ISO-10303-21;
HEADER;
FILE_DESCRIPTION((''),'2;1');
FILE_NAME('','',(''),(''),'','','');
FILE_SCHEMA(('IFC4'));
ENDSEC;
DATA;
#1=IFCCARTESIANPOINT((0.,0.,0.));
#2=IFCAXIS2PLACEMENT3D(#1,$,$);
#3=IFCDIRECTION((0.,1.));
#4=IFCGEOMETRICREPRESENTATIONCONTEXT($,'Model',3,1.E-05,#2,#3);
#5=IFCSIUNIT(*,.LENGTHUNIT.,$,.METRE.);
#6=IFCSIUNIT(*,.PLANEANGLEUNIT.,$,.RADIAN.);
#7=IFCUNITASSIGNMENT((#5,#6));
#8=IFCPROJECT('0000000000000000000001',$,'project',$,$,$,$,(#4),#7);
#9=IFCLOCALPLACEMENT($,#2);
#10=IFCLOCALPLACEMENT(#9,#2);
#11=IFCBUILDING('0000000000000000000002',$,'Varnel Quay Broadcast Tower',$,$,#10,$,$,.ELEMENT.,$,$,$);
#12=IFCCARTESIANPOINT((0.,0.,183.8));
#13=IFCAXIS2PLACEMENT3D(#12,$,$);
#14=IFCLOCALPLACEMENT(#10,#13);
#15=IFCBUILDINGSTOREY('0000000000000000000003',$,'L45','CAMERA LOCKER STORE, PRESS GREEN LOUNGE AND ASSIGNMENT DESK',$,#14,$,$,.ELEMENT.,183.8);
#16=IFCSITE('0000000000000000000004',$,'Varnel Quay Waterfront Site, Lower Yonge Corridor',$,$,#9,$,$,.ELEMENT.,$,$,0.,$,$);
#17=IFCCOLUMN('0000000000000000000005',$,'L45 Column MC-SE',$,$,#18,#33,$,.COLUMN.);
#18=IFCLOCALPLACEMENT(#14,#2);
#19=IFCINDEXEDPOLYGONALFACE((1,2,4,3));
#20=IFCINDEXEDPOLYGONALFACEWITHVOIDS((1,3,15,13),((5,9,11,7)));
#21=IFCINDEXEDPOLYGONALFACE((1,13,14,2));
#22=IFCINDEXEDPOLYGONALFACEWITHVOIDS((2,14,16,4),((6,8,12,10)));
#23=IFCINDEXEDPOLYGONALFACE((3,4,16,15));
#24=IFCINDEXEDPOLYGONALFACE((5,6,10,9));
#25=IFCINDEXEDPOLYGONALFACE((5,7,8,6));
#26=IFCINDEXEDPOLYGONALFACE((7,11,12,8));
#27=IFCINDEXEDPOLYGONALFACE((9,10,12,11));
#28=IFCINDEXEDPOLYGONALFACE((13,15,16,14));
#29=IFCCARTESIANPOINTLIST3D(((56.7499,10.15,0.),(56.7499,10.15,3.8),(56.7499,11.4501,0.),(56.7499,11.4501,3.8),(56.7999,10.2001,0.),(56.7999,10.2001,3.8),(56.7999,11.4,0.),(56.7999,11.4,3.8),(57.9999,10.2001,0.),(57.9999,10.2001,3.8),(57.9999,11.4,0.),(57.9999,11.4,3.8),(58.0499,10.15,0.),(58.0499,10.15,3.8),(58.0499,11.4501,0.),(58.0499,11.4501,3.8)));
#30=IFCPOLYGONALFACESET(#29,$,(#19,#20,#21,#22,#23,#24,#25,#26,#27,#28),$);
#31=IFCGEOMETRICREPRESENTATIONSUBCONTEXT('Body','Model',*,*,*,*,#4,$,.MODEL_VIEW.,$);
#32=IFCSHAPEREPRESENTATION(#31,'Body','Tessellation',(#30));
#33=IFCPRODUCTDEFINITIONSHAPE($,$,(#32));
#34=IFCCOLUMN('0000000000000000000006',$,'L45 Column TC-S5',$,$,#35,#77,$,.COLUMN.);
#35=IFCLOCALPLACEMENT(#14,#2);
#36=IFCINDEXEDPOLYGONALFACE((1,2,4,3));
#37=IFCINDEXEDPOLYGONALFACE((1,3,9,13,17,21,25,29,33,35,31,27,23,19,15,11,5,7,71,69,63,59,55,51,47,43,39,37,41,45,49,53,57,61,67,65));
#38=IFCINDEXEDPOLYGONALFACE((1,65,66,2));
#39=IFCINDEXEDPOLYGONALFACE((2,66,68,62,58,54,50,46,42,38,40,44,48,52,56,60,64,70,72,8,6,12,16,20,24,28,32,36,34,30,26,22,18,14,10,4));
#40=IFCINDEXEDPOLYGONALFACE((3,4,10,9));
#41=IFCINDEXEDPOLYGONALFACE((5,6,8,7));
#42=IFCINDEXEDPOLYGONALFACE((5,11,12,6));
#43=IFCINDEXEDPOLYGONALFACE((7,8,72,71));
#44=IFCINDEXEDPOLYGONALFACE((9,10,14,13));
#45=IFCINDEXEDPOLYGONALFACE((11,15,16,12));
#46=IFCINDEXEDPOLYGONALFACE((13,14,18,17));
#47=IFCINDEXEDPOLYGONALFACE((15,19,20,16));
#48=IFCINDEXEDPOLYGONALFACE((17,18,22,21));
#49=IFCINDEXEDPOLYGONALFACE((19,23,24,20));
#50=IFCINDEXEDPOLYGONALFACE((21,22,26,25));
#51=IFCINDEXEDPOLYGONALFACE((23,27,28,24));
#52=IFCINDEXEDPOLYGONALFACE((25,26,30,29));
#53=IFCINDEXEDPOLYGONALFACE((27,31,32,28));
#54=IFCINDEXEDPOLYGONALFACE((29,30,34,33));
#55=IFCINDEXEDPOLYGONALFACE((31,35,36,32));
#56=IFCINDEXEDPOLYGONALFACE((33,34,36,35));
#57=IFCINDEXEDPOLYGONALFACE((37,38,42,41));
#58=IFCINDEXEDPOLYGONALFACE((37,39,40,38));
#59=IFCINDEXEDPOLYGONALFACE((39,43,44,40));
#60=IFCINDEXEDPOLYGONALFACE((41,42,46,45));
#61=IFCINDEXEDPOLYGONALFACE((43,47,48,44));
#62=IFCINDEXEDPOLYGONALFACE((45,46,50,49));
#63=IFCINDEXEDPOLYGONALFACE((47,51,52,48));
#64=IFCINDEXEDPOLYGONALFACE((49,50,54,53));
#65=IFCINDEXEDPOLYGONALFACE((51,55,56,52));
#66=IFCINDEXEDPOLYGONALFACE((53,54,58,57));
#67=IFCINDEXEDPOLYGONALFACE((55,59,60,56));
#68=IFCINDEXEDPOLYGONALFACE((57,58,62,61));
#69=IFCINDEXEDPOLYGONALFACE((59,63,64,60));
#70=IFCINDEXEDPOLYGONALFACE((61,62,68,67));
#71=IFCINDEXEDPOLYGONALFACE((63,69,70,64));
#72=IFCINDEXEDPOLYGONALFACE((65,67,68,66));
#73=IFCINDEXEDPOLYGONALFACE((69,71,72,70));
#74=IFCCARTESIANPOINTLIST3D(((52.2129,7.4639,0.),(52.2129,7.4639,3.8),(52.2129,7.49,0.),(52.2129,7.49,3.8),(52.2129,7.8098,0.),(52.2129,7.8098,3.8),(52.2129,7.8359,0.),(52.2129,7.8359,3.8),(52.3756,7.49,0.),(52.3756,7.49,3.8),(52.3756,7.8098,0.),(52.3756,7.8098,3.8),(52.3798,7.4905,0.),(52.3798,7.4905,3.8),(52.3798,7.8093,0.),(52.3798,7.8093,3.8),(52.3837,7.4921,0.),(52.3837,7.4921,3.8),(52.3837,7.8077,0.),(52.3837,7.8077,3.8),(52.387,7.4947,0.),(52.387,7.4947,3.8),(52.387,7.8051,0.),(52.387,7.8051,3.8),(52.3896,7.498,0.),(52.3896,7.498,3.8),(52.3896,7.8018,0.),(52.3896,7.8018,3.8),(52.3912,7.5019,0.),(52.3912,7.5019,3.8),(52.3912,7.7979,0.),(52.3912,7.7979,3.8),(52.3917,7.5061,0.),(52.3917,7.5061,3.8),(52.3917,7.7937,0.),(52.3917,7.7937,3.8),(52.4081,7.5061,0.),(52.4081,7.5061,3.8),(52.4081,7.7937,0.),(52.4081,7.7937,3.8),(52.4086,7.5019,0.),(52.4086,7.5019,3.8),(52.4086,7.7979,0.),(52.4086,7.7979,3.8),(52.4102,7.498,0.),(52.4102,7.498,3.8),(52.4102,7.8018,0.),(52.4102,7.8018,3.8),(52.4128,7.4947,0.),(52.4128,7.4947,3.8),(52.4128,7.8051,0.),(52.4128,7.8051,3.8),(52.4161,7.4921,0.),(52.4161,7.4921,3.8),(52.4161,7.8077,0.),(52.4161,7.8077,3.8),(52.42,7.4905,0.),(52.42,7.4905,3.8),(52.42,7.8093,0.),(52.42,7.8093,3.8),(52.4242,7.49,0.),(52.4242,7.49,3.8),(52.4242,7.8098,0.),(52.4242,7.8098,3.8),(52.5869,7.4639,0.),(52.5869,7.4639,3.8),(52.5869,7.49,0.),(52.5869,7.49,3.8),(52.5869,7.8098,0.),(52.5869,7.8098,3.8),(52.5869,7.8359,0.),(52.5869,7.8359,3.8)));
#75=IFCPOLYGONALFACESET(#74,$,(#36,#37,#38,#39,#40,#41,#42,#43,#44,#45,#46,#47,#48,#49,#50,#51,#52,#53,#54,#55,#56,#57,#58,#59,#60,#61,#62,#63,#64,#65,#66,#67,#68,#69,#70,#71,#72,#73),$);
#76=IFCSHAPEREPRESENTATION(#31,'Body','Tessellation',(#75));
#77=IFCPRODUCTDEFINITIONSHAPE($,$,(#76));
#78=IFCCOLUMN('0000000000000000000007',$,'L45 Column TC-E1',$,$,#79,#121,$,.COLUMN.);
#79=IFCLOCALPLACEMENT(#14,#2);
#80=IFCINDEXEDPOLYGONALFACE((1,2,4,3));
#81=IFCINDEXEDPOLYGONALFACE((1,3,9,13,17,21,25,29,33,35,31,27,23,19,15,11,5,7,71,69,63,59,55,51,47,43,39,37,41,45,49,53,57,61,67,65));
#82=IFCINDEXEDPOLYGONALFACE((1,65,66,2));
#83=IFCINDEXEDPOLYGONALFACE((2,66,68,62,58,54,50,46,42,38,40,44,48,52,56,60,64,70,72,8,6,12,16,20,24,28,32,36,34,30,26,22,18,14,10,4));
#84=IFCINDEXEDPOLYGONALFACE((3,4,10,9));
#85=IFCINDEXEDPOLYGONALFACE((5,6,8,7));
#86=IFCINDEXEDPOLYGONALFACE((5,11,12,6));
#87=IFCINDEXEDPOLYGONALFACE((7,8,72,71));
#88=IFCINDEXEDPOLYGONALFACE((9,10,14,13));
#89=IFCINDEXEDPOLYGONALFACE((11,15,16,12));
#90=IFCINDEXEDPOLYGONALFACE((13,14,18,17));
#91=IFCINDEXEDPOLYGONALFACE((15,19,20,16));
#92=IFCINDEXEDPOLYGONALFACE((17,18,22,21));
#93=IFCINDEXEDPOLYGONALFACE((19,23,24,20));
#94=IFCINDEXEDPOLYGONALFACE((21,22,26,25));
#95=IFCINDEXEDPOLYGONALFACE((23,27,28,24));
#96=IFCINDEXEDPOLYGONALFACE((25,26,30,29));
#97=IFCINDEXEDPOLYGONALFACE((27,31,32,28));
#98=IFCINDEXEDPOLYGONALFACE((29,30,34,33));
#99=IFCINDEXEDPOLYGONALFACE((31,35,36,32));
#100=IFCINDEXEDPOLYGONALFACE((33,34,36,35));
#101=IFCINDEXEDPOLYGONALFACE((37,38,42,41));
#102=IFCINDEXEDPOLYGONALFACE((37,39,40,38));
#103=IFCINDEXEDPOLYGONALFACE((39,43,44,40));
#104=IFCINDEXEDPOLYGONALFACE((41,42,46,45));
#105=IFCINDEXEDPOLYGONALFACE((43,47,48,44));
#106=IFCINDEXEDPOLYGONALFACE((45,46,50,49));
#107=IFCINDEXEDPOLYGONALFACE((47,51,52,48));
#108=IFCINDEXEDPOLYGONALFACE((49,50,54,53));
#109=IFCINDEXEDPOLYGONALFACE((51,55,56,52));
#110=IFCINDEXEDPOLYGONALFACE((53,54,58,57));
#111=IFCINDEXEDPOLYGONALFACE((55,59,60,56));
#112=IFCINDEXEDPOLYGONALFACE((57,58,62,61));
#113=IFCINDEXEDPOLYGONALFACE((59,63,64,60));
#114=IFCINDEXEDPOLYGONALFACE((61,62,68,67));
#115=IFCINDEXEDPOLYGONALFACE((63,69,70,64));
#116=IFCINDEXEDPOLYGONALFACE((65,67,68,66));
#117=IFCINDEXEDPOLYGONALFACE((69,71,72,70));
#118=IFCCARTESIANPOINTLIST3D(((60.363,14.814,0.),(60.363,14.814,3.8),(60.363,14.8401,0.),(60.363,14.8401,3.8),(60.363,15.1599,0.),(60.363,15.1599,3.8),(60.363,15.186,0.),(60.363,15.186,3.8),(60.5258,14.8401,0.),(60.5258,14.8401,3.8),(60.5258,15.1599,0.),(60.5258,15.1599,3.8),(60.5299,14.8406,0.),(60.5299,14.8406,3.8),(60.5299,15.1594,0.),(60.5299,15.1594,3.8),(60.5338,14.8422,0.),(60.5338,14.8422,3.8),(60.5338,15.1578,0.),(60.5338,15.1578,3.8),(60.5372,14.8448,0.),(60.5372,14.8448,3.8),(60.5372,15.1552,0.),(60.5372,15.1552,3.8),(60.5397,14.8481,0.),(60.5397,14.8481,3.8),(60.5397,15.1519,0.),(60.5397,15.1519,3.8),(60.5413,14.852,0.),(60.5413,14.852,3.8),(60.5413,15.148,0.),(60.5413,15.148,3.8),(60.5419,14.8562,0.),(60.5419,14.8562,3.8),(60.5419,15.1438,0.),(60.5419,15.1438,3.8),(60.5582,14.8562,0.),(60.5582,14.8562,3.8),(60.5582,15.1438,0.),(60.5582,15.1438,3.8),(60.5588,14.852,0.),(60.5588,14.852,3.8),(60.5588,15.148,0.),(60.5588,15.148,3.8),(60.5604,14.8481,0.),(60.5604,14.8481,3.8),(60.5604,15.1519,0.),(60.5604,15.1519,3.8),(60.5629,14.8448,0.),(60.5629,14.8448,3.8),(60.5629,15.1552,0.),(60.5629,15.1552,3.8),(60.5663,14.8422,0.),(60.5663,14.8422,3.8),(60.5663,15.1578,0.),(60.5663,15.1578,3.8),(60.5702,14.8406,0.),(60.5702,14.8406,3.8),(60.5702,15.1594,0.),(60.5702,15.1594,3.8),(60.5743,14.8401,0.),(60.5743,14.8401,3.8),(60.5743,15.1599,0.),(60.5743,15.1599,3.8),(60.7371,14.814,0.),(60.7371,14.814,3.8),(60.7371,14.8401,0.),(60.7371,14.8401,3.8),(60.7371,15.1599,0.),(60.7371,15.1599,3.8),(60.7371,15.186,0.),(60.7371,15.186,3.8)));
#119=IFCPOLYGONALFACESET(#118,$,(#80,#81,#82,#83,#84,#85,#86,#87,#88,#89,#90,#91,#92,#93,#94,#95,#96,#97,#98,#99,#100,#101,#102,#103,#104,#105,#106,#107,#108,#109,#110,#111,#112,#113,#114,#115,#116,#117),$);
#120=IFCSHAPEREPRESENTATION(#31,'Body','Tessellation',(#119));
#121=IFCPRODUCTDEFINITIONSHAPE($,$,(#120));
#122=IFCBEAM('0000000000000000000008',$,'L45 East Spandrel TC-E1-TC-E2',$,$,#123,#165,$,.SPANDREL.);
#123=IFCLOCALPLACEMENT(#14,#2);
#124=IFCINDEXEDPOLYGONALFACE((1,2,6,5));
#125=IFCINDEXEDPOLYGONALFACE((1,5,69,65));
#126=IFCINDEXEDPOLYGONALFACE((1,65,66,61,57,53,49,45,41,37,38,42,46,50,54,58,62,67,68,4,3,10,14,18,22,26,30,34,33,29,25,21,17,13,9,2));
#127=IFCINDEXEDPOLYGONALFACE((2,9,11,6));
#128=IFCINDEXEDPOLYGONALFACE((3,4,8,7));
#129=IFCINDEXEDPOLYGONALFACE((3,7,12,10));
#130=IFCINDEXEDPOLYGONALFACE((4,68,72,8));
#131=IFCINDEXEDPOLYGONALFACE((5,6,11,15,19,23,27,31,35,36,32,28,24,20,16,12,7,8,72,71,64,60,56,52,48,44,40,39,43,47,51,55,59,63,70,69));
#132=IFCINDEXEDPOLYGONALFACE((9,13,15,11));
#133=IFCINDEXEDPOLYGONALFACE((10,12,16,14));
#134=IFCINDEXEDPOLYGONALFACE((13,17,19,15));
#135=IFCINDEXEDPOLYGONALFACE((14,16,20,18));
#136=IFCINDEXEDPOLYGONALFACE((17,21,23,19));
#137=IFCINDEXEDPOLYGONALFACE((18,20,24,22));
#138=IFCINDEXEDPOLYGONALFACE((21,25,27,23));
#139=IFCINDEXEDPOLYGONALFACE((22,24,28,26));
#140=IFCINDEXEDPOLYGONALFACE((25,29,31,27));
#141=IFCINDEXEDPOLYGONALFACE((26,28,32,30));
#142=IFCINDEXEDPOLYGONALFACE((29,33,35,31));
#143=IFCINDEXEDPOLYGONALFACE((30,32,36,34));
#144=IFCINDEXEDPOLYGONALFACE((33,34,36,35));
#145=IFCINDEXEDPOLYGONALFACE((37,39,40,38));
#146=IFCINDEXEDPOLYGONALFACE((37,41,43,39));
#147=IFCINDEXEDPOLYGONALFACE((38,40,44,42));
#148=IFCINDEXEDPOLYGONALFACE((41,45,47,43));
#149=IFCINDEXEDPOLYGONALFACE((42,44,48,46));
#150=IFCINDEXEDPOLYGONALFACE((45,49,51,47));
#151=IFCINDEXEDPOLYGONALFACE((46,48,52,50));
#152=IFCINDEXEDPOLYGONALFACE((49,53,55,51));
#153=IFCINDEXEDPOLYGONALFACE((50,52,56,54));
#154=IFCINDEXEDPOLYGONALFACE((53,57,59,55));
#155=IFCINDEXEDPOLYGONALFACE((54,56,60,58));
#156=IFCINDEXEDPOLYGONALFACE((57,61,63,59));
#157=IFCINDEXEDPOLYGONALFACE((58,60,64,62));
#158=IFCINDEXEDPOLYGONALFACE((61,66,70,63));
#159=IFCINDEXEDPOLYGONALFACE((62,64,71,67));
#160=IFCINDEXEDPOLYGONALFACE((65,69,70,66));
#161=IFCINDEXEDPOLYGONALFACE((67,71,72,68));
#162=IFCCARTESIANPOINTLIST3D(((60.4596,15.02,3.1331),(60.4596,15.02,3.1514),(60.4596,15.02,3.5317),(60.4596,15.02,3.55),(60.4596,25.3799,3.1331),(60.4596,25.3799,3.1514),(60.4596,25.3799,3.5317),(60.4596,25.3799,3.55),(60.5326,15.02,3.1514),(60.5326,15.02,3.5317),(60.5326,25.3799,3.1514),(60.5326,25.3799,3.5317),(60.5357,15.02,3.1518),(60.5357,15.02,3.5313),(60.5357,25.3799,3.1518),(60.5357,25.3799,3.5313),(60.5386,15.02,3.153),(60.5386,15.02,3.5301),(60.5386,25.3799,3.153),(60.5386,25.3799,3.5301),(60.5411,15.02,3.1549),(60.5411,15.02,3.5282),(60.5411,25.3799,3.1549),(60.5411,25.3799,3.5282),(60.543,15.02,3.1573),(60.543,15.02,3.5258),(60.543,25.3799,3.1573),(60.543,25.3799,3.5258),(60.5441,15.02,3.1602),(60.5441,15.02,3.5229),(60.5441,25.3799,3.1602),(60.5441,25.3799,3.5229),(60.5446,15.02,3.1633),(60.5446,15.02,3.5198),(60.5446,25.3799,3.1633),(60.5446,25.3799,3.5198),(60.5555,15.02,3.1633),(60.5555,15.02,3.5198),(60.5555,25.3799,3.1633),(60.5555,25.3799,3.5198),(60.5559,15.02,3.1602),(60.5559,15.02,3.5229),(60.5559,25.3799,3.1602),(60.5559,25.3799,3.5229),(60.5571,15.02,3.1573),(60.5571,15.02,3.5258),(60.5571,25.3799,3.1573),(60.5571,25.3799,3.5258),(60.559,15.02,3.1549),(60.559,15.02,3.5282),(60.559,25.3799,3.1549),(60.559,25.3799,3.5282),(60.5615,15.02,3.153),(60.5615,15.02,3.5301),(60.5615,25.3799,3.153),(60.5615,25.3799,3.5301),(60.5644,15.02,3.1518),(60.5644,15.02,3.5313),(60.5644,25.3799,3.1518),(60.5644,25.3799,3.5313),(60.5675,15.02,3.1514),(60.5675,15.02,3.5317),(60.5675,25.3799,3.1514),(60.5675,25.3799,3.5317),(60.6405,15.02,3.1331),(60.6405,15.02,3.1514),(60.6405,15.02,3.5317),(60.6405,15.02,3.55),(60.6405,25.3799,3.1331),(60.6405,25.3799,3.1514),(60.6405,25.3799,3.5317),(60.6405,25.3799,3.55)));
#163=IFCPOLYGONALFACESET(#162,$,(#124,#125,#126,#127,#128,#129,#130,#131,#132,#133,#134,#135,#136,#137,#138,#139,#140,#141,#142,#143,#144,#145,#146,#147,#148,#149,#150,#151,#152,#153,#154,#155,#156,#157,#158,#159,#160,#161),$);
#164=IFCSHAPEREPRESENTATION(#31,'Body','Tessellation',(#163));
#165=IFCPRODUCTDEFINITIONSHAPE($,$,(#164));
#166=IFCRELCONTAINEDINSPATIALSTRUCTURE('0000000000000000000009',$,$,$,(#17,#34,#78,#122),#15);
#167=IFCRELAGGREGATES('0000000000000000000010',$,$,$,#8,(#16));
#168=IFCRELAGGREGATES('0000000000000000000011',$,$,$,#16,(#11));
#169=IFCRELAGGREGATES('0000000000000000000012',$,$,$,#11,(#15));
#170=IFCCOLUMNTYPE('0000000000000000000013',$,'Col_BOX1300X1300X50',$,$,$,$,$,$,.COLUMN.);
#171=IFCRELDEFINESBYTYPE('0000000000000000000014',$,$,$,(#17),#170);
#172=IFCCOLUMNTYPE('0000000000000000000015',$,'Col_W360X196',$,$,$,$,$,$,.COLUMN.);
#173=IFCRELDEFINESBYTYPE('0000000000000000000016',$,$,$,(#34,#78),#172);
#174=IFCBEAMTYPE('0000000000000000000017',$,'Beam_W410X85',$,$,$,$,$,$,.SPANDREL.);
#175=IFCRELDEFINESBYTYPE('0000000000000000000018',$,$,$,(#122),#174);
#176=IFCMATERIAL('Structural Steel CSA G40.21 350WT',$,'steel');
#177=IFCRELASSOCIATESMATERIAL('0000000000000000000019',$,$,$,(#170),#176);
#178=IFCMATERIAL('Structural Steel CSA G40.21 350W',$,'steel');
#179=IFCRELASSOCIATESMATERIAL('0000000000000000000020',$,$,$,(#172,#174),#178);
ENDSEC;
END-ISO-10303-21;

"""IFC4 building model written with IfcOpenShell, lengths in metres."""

from ifc_helpers import new_model, si_unit, direction, frame, origin, origin_2d, place, context, subcontext, project, spatial, hollow_rectangle, i_section, extrude, source, transform, mapped, material, material_profile, profile_set, type_object, type_shapes, element, save


model = new_model("IFC4")

# Units and contexts
model_context = context("Model", 3, precision=1e-05, world=origin(), true_north=direction((0.0, 1.0)))
body_context = subcontext(model_context, "Body", "Model", "MODEL_VIEW")
ifc_project = project(units=[si_unit("LENGTHUNIT", "METRE"), si_unit("PLANEANGLEUNIT", "RADIAN")], contexts=[model_context])

# Site, building, storey
site_placement = place(None, origin())
site = spatial("IfcSite", under=ifc_project, at=site_placement, Name="Varnel Quay Waterfront Site, Lower Yonge Corridor", CompositionType="ELEMENT", RefElevation=0.0)
building_placement = place(site_placement, origin())
building = spatial("IfcBuilding", under=site, at=building_placement, Name="Varnel Quay Broadcast Tower", CompositionType="ELEMENT")
storey_placement = place(building_placement, frame((0.0, 0.0, 183.8)))
storey = spatial("IfcBuildingStorey", under=building, at=storey_placement, Name="L45", Description="CAMERA LOCKER STORE, PRESS GREEN LOUNGE AND ASSIGNMENT DESK", CompositionType="ELEMENT", Elevation=183.8)

# Columns
ifc_material_1 = material(Name="Structural Steel CSA G40.21 350WT", Category="steel")
ifc_material_profile_1 = material_profile(ifc_material_1, hollow_rectangle(XDim=1.3, YDim=1.3, WallThickness=0.05, at=origin_2d()), Name="BOX1300X1300X50")
ifc_profile_set_1 = profile_set([ifc_material_profile_1], Name="Structural Steel CSA G40.21 350WT")
column_type_1 = type_object("IfcColumnType", Name="Col_BOX1300X1300X50", PredefinedType="COLUMN", material=ifc_profile_set_1)
shared_shape_1 = source(origin(), body_context, "Body", "SweptSolid", [
    extrude(hollow_rectangle(XDim=1.3, YDim=1.3, WallThickness=0.05, at=origin_2d()), origin(), (0.0, 0.0, 1.0), 3.8),
])
type_shapes(column_type_1, [shared_shape_1])
column_placement = place(storey_placement, frame((57.3999, 10.8, 0.0), z_axis=(0.0, 0.0, 1.0), x_axis=(1.0, 0.0, 0.0)))
element("IfcColumn", 1, at=column_placement, inside=storey, type_object=column_type_1, Name="L45 Column MC-SE", PredefinedType="COLUMN", context=body_context, shape_type="MappedRepresentation", body=[
    mapped(shared_shape_1, transform((0.0, 0.0, 0.0), x_axis=(1.0, 0.0, 0.0), y_axis=(0.0, 1.0, 0.0), z_axis=(0.0, 0.0, 1.0), scale=1.0)),
])
ifc_material_2 = material(Name="Structural Steel CSA G40.21 350W", Category="steel")
ifc_material_profile_2 = material_profile(ifc_material_2, i_section(OverallWidth=0.374, OverallDepth=0.3721, WebThickness=0.0164, FlangeThickness=0.0261, FilletRadius=0.0161, at=origin_2d()), Name="W360X196")
ifc_profile_set_2 = profile_set([ifc_material_profile_2], Name="Structural Steel CSA G40.21 350W")
column_type_2 = type_object("IfcColumnType", Name="Col_W360X196", PredefinedType="COLUMN", material=ifc_profile_set_2)
shared_shape_2 = source(origin(), body_context, "Body", "SweptSolid", [
    extrude(i_section(OverallWidth=0.374, OverallDepth=0.3721, WebThickness=0.0164, FlangeThickness=0.0261, FilletRadius=0.0161, at=origin_2d()), origin(), (0.0, 0.0, 1.0), 3.8),
])
type_shapes(column_type_2, [shared_shape_2])
for number, where, z_axis, x_axis, name in (
    (2, (52.3999, 7.6499, 0.0), (0.0, 0.0, 1.0), (1.0, 0.0, 0.0), "L45 Column TC-S5"),
    (3, (60.55, 15.0, 0.0), (0.0, 0.0, 1.0), (1.0, 0.0, 0.0), "L45 Column TC-E1"),
):
    element("IfcColumn", number, at=place(storey_placement, frame(where, z_axis=z_axis, x_axis=x_axis)), inside=storey, type_object=column_type_2, Name=name, PredefinedType="COLUMN", context=body_context, shape_type="MappedRepresentation", body=[
        mapped(shared_shape_2, transform((0.0, 0.0, 0.0), x_axis=(1.0, 0.0, 0.0), y_axis=(0.0, 1.0, 0.0), z_axis=(0.0, 0.0, 1.0), scale=1.0)),
    ])

# Beam
ifc_material_profile_3 = material_profile(ifc_material_2, i_section(OverallWidth=0.1809, OverallDepth=0.417, WebThickness=0.011, FlangeThickness=0.0183, FilletRadius=0.012, at=origin_2d()), Name="W410X85")
ifc_profile_set_3 = profile_set([ifc_material_profile_3], Name="Structural Steel CSA G40.21 350W")
beam_type = type_object("IfcBeamType", Name="Beam_W410X85", PredefinedType="SPANDREL", material=ifc_profile_set_3)
shared_shape_3 = source(origin(), body_context, "Body", "SweptSolid", [
    extrude(i_section(OverallWidth=0.1809, OverallDepth=0.417, WebThickness=0.011, FlangeThickness=0.0183, FilletRadius=0.012, at=origin_2d()), origin(), (0.0, 0.0, 1.0), 10.3599),
])
beam_1_placement = place(storey_placement, frame((60.55, 15.02, 3.3416), z_axis=(0.0, 1.0, 0.0), x_axis=(-1.0, 0.0, 0.0)))
element("IfcBeam", 4, at=beam_1_placement, inside=storey, type_object=beam_type, Name="L45 East Spandrel TC-E1-TC-E2", PredefinedType="SPANDREL", context=body_context, shape_type="MappedRepresentation", body=[
    mapped(shared_shape_3, transform((0.0, 0.0, 0.0), x_axis=(1.0, 0.0, 0.0), y_axis=(0.0, 1.0, 0.0), z_axis=(0.0, 0.0, 1.0), scale=1.0)),
])

save(model, "model.ifc")
